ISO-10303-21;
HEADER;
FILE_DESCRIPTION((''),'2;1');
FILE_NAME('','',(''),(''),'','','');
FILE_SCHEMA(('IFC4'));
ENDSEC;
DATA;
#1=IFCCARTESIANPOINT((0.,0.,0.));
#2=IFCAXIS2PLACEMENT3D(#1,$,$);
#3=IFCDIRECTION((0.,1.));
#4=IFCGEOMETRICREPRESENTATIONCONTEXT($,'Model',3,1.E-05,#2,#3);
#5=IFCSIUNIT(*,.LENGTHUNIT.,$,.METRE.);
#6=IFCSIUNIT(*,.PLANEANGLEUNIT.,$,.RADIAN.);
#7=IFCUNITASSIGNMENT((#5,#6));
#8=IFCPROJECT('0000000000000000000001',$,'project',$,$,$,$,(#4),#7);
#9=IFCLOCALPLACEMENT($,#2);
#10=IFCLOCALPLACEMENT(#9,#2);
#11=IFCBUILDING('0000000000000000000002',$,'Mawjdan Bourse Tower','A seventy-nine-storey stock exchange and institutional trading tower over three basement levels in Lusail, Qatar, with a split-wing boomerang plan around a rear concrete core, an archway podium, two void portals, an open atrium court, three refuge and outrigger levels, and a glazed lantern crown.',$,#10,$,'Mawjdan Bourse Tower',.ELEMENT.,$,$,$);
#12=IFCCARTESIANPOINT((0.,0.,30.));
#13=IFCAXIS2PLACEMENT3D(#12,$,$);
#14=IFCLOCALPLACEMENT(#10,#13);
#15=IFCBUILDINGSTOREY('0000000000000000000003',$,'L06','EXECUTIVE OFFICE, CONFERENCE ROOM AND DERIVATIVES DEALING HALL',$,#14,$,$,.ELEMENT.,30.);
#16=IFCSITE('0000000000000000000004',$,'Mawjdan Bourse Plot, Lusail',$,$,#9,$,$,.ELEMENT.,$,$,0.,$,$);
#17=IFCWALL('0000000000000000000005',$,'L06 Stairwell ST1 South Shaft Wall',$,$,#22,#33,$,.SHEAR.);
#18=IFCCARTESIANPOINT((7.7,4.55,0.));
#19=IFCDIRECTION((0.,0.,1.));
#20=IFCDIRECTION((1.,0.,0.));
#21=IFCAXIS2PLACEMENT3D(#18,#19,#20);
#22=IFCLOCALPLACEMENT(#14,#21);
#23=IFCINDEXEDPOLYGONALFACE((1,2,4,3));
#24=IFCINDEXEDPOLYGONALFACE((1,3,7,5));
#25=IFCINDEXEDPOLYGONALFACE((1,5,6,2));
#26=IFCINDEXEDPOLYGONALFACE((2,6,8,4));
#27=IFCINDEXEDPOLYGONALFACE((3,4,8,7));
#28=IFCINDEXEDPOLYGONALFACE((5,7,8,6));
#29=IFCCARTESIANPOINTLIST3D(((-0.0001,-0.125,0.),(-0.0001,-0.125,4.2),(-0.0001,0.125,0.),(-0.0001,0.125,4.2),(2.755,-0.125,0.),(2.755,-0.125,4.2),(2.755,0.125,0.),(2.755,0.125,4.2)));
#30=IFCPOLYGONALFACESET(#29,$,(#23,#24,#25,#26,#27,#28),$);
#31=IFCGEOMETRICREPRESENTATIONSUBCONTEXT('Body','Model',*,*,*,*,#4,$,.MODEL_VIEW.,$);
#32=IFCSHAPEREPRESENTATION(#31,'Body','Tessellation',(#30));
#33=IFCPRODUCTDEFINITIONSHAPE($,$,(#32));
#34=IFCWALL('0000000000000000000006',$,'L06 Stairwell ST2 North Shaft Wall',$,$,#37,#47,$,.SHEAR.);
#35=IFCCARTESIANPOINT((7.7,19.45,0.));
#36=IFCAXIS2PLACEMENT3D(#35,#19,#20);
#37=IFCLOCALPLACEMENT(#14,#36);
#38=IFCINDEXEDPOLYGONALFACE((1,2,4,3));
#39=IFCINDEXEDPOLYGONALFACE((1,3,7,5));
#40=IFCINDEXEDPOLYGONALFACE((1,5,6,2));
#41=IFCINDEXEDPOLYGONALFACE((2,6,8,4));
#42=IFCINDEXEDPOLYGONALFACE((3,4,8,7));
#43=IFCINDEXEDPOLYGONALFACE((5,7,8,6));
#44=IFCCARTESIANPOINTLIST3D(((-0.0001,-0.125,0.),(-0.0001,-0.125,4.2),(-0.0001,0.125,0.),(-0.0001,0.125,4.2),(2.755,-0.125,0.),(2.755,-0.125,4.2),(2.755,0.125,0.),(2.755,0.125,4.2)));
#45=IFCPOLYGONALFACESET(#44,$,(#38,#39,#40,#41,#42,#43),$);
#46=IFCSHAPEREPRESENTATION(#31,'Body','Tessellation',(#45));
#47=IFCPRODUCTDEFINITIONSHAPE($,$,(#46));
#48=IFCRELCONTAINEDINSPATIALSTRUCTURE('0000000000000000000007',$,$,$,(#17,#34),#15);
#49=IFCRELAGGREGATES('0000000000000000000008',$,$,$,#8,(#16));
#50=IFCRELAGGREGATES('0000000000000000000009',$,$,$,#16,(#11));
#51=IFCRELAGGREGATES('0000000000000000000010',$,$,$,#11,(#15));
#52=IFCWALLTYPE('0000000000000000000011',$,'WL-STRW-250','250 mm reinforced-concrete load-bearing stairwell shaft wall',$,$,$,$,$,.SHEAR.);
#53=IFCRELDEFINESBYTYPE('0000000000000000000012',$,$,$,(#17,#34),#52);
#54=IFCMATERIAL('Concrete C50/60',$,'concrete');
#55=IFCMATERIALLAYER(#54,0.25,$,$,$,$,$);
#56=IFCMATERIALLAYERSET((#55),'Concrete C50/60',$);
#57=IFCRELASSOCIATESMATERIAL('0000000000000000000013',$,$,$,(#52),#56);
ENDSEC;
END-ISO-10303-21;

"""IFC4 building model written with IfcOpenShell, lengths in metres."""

from ifc_helpers import new_model, si_unit, direction, frame, frame_2d, origin, place, context, subcontext, project, spatial, rectangle, extrude, material, layer, layer_set, type_object, element, save


model = new_model("IFC4")

# Units and contexts
model_context = context("Model", 3, precision=1e-05, world=origin(), true_north=direction((0.0, 1.0)))
body_context = subcontext(model_context, "Body", "Model", "MODEL_VIEW")
ifc_project = project(units=[si_unit("LENGTHUNIT", "METRE"), si_unit("PLANEANGLEUNIT", "RADIAN")], contexts=[model_context])

# Site, building, storey
site_placement = place(None, origin())
site = spatial("IfcSite", under=ifc_project, at=site_placement, Name="Mawjdan Bourse Plot, Lusail", CompositionType="ELEMENT", RefElevation=0.0)
building_placement = place(site_placement, origin())
building = spatial("IfcBuilding", under=site, at=building_placement, Name="Mawjdan Bourse Tower", Description="A seventy-nine-storey stock exchange and institutional trading tower over three basement levels in Lusail, Qatar, with a split-wing boomerang plan around a rear concrete core, an archway podium, two void portals, an open atrium court, three refuge and outrigger levels, and a glazed lantern crown.", LongName="Mawjdan Bourse Tower", CompositionType="ELEMENT")
storey_placement = place(building_placement, frame((0.0, 0.0, 30.0)))
storey = spatial("IfcBuildingStorey", under=building, at=storey_placement, Name="L06", Description="EXECUTIVE OFFICE, CONFERENCE ROOM AND DERIVATIVES DEALING HALL", CompositionType="ELEMENT", Elevation=30.0)

# Shared definitions
ifc_material_1 = material(Name="Concrete C50/60", Category="concrete")

# Walls
ifc_layer_1 = layer(ifc_material_1, 0.25)
ifc_layer_set_1 = layer_set([ifc_layer_1], Name="Concrete C50/60")
wall_type_1 = type_object("IfcWallType", Name="WL-STRW-250", Description="250 mm reinforced-concrete load-bearing stairwell shaft wall", PredefinedType="SHEAR", material=ifc_layer_set_1)
for number, where, z_axis, x_axis, name in (
    (1, (7.7, 4.55, 0.0), (0.0, 0.0, 1.0), (1.0, 0.0, 0.0), "L06 Stairwell ST1 South Shaft Wall"),
    (2, (7.7, 19.45, 0.0), (0.0, 0.0, 1.0), (1.0, 0.0, 0.0), "L06 Stairwell ST2 North Shaft Wall"),
):
    element("IfcWall", number, at=place(storey_placement, frame(where, z_axis=z_axis, x_axis=x_axis)), inside=storey, type_object=wall_type_1, Name=name, PredefinedType="SHEAR", context=body_context, shape_type="SweptSolid", body=[
        extrude(rectangle(XDim=2.7551, YDim=0.25, at=frame_2d((1.3774, 0.0))), origin(), (0.0, 0.0, 1.0), 4.2),
    ])

save(model, "model.ifc")
